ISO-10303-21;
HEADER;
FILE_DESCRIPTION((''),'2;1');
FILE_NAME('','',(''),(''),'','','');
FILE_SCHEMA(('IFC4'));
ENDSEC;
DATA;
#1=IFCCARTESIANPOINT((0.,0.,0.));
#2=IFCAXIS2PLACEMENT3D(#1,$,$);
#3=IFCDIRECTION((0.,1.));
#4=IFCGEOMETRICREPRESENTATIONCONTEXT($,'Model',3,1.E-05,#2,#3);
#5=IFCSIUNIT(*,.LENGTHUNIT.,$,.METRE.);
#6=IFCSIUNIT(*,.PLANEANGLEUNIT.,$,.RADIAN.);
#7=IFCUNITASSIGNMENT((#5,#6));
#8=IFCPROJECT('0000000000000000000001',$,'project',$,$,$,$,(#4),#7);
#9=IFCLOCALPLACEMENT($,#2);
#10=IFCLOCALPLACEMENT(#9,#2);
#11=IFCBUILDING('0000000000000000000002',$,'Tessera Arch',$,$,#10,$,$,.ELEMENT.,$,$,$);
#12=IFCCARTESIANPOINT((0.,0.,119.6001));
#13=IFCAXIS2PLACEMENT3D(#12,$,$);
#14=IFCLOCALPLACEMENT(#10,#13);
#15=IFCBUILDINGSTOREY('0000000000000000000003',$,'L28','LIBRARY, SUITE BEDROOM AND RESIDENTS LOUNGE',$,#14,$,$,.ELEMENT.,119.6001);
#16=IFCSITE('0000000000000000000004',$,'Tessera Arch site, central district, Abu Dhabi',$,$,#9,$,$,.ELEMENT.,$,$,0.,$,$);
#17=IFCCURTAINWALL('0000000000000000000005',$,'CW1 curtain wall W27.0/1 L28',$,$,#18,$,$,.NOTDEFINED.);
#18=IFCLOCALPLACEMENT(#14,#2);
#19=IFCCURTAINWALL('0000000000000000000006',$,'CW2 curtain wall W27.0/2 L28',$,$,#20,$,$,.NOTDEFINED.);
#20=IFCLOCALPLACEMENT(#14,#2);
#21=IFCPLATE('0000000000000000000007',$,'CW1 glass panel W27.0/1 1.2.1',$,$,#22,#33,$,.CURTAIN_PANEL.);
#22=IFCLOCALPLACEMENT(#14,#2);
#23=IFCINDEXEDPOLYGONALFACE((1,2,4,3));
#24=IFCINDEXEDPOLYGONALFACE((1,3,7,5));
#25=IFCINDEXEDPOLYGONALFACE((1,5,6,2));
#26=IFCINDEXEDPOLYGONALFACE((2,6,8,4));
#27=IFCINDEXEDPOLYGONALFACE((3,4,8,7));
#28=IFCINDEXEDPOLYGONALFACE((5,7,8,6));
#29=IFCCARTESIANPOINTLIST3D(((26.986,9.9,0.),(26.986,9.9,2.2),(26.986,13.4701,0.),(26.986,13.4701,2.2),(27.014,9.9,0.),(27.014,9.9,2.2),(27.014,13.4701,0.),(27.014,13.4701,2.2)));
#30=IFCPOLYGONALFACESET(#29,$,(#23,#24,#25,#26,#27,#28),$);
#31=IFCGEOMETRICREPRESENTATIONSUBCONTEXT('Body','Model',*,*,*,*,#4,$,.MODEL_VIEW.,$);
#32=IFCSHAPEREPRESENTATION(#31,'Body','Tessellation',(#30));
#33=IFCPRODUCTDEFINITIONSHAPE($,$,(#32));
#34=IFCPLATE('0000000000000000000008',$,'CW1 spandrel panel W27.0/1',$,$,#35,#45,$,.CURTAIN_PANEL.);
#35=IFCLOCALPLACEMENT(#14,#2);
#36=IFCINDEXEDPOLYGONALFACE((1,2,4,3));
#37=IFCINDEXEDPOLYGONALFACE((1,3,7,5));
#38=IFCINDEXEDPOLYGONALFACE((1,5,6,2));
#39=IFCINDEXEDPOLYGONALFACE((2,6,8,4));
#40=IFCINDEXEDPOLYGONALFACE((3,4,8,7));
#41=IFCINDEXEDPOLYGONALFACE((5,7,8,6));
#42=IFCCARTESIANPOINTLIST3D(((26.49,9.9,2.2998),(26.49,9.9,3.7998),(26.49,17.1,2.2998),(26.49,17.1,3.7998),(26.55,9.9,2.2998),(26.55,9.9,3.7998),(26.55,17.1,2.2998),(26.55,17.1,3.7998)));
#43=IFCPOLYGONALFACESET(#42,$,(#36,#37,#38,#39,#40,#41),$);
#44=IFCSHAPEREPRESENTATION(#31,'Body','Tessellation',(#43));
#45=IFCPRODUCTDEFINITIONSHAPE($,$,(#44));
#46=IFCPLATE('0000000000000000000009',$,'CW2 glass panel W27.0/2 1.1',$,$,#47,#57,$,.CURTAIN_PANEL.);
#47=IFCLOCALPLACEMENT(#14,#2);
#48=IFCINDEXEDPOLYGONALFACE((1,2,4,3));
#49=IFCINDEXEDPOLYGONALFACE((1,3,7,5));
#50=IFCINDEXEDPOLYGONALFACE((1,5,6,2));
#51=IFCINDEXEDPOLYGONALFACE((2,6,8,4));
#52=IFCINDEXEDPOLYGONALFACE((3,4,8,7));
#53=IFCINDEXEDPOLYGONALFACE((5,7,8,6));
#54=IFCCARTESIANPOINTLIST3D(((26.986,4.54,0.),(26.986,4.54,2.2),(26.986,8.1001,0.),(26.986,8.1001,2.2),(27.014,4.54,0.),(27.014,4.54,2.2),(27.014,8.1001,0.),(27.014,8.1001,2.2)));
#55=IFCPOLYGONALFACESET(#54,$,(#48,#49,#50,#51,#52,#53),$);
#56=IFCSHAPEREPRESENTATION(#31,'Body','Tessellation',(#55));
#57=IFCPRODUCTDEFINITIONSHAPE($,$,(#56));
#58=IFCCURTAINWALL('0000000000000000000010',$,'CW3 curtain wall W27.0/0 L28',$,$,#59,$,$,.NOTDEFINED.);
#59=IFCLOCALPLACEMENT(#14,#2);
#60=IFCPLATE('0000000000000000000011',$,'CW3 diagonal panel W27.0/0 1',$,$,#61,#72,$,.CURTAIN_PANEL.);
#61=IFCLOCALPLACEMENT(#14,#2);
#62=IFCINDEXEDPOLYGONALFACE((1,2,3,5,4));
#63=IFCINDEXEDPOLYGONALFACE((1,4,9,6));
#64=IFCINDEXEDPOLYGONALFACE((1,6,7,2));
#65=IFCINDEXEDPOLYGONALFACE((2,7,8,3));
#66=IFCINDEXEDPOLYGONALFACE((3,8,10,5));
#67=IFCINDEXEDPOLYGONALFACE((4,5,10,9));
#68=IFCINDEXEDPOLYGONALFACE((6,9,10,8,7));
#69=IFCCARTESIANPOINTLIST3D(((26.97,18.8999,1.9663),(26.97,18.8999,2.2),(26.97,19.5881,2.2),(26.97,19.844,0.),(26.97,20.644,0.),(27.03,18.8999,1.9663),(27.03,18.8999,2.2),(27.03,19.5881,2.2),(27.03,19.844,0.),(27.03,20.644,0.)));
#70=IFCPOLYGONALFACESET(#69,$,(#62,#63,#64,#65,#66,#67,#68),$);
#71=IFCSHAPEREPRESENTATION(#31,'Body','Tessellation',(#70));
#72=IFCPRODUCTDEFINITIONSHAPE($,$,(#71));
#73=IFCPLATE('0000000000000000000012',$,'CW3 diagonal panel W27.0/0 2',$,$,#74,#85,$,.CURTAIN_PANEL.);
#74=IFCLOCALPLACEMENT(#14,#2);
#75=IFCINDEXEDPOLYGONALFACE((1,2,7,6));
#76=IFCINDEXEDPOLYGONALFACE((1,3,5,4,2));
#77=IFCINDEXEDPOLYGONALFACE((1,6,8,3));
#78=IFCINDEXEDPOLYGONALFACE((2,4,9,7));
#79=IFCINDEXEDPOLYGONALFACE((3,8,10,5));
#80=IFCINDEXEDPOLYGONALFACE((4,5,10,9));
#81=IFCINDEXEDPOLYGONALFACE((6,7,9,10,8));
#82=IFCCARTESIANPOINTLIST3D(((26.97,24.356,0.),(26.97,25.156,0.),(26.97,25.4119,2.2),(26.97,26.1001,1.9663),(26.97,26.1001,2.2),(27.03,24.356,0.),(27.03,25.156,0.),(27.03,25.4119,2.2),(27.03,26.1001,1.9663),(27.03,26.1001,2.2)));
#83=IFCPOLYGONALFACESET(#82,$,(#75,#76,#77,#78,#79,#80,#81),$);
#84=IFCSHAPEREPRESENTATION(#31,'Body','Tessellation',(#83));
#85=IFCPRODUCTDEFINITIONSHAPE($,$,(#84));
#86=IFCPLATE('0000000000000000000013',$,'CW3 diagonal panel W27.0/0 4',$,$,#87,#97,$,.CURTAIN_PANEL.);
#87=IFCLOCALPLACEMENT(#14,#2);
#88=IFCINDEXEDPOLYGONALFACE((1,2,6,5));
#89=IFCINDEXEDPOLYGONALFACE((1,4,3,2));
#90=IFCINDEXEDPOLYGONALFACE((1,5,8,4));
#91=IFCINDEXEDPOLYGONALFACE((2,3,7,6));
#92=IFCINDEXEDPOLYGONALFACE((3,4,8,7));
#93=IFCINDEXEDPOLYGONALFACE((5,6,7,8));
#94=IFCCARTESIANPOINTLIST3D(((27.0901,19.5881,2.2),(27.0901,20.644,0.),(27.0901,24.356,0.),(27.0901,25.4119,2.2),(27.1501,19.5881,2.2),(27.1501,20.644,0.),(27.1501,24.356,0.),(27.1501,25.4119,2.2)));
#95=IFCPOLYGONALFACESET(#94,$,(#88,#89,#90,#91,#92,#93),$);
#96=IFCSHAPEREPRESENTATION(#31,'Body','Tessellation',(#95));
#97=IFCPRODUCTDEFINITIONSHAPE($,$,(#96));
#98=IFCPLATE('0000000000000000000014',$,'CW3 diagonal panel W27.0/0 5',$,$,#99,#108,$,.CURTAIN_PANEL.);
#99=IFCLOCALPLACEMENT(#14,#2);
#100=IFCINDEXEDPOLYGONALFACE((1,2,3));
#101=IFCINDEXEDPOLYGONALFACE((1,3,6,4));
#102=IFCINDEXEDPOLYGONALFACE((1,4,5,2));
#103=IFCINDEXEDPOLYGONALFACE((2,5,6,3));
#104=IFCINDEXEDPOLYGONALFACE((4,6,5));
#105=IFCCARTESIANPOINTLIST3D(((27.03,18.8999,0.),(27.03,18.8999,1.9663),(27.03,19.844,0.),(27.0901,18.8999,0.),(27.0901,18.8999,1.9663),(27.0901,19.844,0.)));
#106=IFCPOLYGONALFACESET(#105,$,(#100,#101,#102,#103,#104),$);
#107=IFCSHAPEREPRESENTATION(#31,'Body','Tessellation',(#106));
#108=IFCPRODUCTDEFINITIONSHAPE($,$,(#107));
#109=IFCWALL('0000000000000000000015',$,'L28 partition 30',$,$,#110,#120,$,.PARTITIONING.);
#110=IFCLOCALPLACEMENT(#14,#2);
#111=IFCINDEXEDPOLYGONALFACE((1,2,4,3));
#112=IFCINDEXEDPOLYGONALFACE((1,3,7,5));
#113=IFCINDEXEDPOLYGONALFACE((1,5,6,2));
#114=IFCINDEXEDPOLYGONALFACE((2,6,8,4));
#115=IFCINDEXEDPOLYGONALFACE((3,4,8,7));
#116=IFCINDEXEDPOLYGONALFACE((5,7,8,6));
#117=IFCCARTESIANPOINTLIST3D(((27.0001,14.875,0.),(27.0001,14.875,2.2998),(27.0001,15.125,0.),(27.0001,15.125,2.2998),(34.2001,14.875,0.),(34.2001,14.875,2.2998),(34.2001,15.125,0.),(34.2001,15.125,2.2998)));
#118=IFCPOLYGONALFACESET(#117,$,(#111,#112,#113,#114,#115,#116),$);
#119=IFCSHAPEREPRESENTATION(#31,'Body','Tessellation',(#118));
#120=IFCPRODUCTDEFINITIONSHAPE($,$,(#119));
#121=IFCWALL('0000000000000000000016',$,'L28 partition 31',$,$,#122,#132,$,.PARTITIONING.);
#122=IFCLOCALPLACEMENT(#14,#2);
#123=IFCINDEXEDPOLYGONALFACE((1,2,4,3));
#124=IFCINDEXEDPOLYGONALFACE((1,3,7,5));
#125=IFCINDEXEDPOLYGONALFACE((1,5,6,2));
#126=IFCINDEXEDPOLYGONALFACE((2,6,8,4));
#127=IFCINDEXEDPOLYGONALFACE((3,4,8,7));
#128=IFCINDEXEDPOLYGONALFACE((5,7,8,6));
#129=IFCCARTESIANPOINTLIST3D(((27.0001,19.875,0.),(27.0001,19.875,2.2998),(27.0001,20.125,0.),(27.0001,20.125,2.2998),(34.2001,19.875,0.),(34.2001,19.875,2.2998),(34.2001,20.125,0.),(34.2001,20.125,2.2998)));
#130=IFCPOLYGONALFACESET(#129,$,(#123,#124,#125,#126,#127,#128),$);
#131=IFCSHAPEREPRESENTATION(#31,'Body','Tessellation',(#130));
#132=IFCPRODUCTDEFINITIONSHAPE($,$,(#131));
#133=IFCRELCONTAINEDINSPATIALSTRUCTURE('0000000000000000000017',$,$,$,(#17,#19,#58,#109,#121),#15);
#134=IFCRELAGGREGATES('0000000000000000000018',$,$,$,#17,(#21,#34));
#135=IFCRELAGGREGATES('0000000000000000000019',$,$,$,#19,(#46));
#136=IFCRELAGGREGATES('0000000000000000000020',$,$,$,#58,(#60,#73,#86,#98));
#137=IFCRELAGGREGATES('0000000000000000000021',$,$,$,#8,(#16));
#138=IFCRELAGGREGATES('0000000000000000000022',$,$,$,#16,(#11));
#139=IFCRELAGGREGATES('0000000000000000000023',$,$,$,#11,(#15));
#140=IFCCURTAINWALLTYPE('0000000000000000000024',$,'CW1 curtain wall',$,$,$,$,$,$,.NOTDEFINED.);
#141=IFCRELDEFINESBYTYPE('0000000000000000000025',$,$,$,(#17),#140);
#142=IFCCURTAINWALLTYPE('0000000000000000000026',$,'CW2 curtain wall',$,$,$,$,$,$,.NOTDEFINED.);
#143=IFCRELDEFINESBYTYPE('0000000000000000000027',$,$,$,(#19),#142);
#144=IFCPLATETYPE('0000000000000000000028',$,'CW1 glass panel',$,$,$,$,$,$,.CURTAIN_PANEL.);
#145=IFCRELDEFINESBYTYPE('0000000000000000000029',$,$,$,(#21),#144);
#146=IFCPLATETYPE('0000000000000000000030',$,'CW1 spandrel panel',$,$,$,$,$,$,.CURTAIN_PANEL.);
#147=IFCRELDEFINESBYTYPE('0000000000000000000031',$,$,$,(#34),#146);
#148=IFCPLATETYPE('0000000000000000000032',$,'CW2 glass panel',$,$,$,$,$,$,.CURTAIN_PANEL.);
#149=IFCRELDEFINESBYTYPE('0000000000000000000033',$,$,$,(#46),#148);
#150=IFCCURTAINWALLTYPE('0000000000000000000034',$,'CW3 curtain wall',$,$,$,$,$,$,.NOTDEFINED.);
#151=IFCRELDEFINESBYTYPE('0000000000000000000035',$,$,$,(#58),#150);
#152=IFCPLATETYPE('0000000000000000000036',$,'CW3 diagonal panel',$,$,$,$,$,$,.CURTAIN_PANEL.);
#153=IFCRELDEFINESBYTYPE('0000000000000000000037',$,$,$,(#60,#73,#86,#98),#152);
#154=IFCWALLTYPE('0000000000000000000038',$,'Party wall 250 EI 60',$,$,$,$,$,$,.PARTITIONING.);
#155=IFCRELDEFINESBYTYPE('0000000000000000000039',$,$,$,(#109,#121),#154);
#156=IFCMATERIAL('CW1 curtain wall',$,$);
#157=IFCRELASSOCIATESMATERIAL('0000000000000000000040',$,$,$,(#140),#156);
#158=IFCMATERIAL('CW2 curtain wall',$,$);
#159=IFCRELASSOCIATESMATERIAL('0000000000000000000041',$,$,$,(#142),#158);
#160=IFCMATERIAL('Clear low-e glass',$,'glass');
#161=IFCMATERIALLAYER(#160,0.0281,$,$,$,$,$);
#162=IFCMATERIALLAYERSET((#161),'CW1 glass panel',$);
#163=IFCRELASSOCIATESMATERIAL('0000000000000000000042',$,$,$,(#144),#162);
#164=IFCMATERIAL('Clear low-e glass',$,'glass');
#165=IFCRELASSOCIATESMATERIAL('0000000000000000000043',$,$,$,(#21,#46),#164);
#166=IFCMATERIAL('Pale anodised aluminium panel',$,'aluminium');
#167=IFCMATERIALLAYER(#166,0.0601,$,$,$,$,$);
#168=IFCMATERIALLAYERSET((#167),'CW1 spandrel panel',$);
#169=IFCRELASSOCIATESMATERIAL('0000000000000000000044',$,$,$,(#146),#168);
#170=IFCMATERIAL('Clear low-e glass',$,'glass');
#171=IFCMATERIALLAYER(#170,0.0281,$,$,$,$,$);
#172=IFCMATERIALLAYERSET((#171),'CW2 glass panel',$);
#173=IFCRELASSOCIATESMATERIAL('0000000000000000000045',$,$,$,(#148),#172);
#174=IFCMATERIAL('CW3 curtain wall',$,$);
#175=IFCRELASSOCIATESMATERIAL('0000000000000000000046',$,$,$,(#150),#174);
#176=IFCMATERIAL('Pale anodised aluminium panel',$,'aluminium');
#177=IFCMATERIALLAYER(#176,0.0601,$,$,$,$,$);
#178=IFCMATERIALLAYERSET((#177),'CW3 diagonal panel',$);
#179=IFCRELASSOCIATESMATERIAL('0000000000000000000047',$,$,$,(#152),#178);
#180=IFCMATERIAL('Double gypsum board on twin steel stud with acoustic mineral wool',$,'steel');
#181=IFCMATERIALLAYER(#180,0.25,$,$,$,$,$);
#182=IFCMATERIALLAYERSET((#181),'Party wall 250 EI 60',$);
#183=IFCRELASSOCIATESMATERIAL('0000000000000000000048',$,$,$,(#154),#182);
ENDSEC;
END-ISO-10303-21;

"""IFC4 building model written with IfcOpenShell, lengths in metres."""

from ifc_helpers import new_model, si_unit, direction, frame, frame_2d, origin, origin_2d, place, context, subcontext, project, spatial, polyline, rectangle, outline, extrude, material, layer, layer_set, type_object, element, aggregate, save


model = new_model("IFC4")

# Units and contexts
model_context = context("Model", 3, precision=1e-05, world=origin(), true_north=direction((0.0, 1.0)))
body_context = subcontext(model_context, "Body", "Model", "MODEL_VIEW")
ifc_project = project(units=[si_unit("LENGTHUNIT", "METRE"), si_unit("PLANEANGLEUNIT", "RADIAN")], contexts=[model_context])

# Site, building, storey
site_placement = place(None, origin())
site = spatial("IfcSite", under=ifc_project, at=site_placement, Name="Tessera Arch site, central district, Abu Dhabi", CompositionType="ELEMENT", RefElevation=0.0)
building_placement = place(site_placement, origin())
building = spatial("IfcBuilding", under=site, at=building_placement, Name="Tessera Arch", CompositionType="ELEMENT")
storey_placement = place(building_placement, frame((0.0, 0.0, 119.6001)))
storey = spatial("IfcBuildingStorey", under=building, at=storey_placement, Name="L28", Description="LIBRARY, SUITE BEDROOM AND RESIDENTS LOUNGE", CompositionType="ELEMENT", Elevation=119.6001)

# Curtain wall
ifc_material_1 = material(Name="CW1 curtain wall")
curtain_wall_type_1 = type_object("IfcCurtainWallType", Name="CW1 curtain wall", PredefinedType="NOTDEFINED", material=ifc_material_1)
curtain_wall_1_placement = place(storey_placement, origin())
curtain_wall_1 = element("IfcCurtainWall", 1, at=curtain_wall_1_placement, inside=storey, type_object=curtain_wall_type_1, Name="CW1 curtain wall W27.0/1 L28", PredefinedType="NOTDEFINED")

# Curtain wall
ifc_material_2 = material(Name="CW2 curtain wall")
curtain_wall_type_2 = type_object("IfcCurtainWallType", Name="CW2 curtain wall", PredefinedType="NOTDEFINED", material=ifc_material_2)
curtain_wall_2_placement = place(storey_placement, origin())
curtain_wall_2 = element("IfcCurtainWall", 2, at=curtain_wall_2_placement, inside=storey, type_object=curtain_wall_type_2, Name="CW2 curtain wall W27.0/2 L28", PredefinedType="NOTDEFINED")

# Plates
ifc_material_3 = material(Name="Clear low-e glass", Category="glass")
ifc_material_4 = material(Name="Clear low-e glass", Category="glass")
ifc_layer_1 = layer(ifc_material_4, 0.0281)
ifc_layer_set_1 = layer_set([ifc_layer_1], Name="CW1 glass panel")
plate_type_1 = type_object("IfcPlateType", Name="CW1 glass panel", PredefinedType="CURTAIN_PANEL", material=ifc_layer_set_1)
plate_1_placement = place(storey_placement, frame((27.0, 11.6851, 0.0), z_axis=(0.0, 0.0, 1.0), x_axis=(0.0, -1.0, 0.0)))
plate_1 = element("IfcPlate", 3, at=plate_1_placement, type_object=plate_type_1, material=ifc_material_3, Name="CW1 glass panel W27.0/1 1.2.1", PredefinedType="CURTAIN_PANEL", context=body_context, shape_type="SweptSolid", body=[
    extrude(rectangle(XDim=3.5701, YDim=0.0281, at=origin_2d()), origin(), (0.0, 0.0, 1.0), 2.2),
])
ifc_material_5 = material(Name="Pale anodised aluminium panel", Category="aluminium")
ifc_layer_2 = layer(ifc_material_5, 0.0601)
ifc_layer_set_2 = layer_set([ifc_layer_2], Name="CW1 spandrel panel")
plate_type_2 = type_object("IfcPlateType", Name="CW1 spandrel panel", PredefinedType="CURTAIN_PANEL", material=ifc_layer_set_2)
plate_2_placement = place(storey_placement, frame((26.52, 13.5, 2.2998), z_axis=(0.0, 0.0, 1.0), x_axis=(0.0, -1.0, 0.0)))
plate_2 = element("IfcPlate", 4, at=plate_2_placement, type_object=plate_type_2, Name="CW1 spandrel panel W27.0/1", PredefinedType="CURTAIN_PANEL", context=body_context, shape_type="SweptSolid", body=[
    extrude(rectangle(XDim=7.2, YDim=0.0601, at=origin_2d()), origin(), (0.0, 0.0, 1.0), 1.5),
])
aggregate(curtain_wall_1, [plate_1, plate_2])
ifc_material_6 = material(Name="Clear low-e glass", Category="glass")
ifc_layer_3 = layer(ifc_material_6, 0.0281)
ifc_layer_set_3 = layer_set([ifc_layer_3], Name="CW2 glass panel")
plate_type_3 = type_object("IfcPlateType", Name="CW2 glass panel", PredefinedType="CURTAIN_PANEL", material=ifc_layer_set_3)
plate_3_placement = place(storey_placement, frame((27.0, 6.3201, 0.0), z_axis=(0.0, 0.0, 1.0), x_axis=(0.0, -1.0, 0.0)))
plate_3 = element("IfcPlate", 5, at=plate_3_placement, type_object=plate_type_3, material=ifc_material_3, Name="CW2 glass panel W27.0/2 1.1", PredefinedType="CURTAIN_PANEL", context=body_context, shape_type="SweptSolid", body=[
    extrude(rectangle(XDim=3.5601, YDim=0.0281, at=origin_2d()), origin(), (0.0, 0.0, 1.0), 2.2),
])
aggregate(curtain_wall_2, [plate_3])

# Curtain wall, plates
ifc_material_7 = material(Name="CW3 curtain wall")
curtain_wall_type_3 = type_object("IfcCurtainWallType", Name="CW3 curtain wall", PredefinedType="NOTDEFINED", material=ifc_material_7)
curtain_wall_3_placement = place(storey_placement, origin())
curtain_wall_3 = element("IfcCurtainWall", 6, at=curtain_wall_3_placement, inside=storey, type_object=curtain_wall_type_3, Name="CW3 curtain wall W27.0/0 L28", PredefinedType="NOTDEFINED")
ifc_material_8 = material(Name="Pale anodised aluminium panel", Category="aluminium")
ifc_layer_4 = layer(ifc_material_8, 0.0601)
ifc_layer_set_4 = layer_set([ifc_layer_4], Name="CW3 diagonal panel")
plate_type_4 = type_object("IfcPlateType", Name="CW3 diagonal panel", PredefinedType="CURTAIN_PANEL", material=ifc_layer_set_4)
plate_4_placement = place(storey_placement, frame((26.97, 18.8999, 2.2), z_axis=(-1.0, 0.0, 0.0), x_axis=(0.0, 1.0, 0.0)))
plate_4 = element("IfcPlate", 7, at=plate_4_placement, type_object=plate_type_4, Name="CW3 diagonal panel W27.0/0 1", PredefinedType="CURTAIN_PANEL", context=body_context, shape_type="SweptSolid", body=[
    extrude(outline(polyline([(0.0, 0.0), (0.6882, 0.0), (1.7441, 2.2), (0.9441, 2.2), (0.0, 0.2336), (0.0, 0.0)])), origin(), (0.0, 0.0, -1.0), 0.0601),
])
plate_5_placement = place(storey_placement, frame((26.97, 26.1001, 2.2), z_axis=(-1.0, 0.0, 0.0), x_axis=(0.0, 0.0, -1.0)))
plate_5 = element("IfcPlate", 8, at=plate_5_placement, type_object=plate_type_4, Name="CW3 diagonal panel W27.0/0 2", PredefinedType="CURTAIN_PANEL", context=body_context, shape_type="SweptSolid", body=[
    extrude(outline(polyline([(0.0, 0.0), (0.2336, 0.0), (2.2, 0.9441), (2.2, 1.7441), (0.0, 0.6882), (0.0, 0.0)])), origin(), (0.0, 0.0, -1.0), 0.0601),
])
plate_6_placement = place(storey_placement, frame((27.0901, 19.5881, 2.2), z_axis=(-1.0, 0.0, 0.0), x_axis=(0.0, 1.0, 0.0)))
plate_6 = element("IfcPlate", 9, at=plate_6_placement, type_object=plate_type_4, Name="CW3 diagonal panel W27.0/0 4", PredefinedType="CURTAIN_PANEL", context=body_context, shape_type="SweptSolid", body=[
    extrude(outline(polyline([(0.0, 0.0), (5.8237, 0.0), (4.7678, 2.2), (1.0559, 2.2), (0.0, 0.0)])), origin(), (0.0, 0.0, -1.0), 0.0601),
])
plate_7_placement = place(storey_placement, frame((27.03, 18.8999, 0.0), z_axis=(-1.0, 0.0, 0.0), x_axis=(0.0, 0.0, 1.0)))
plate_7 = element("IfcPlate", 10, at=plate_7_placement, type_object=plate_type_4, Name="CW3 diagonal panel W27.0/0 5", PredefinedType="CURTAIN_PANEL", context=body_context, shape_type="SweptSolid", body=[
    extrude(outline(polyline([(0.0, 0.0), (1.9663, 0.0), (0.0, 0.9441), (0.0, 0.0)])), origin(), (0.0, 0.0, -1.0), 0.0601),
])
aggregate(curtain_wall_3, [plate_4, plate_5, plate_6, plate_7])

# Walls
ifc_material_9 = material(Name="Double gypsum board on twin steel stud with acoustic mineral wool", Category="steel")
ifc_layer_5 = layer(ifc_material_9, 0.25)
ifc_layer_set_5 = layer_set([ifc_layer_5], Name="Party wall 250 EI 60")
wall_type = type_object("IfcWallType", Name="Party wall 250 EI 60", PredefinedType="PARTITIONING", material=ifc_layer_set_5)
for number, where, z_axis, x_axis, name in (
    (11, (27.0, 15.0, 0.0), (0.0, 0.0, 1.0), (1.0, 0.0, 0.0), "L28 partition 30"),
    (12, (27.0, 20.0, 0.0), (0.0, 0.0, 1.0), (1.0, 0.0, 0.0), "L28 partition 31"),
):
    element("IfcWall", number, at=place(storey_placement, frame(where, z_axis=z_axis, x_axis=x_axis)), inside=storey, type_object=wall_type, Name=name, PredefinedType="PARTITIONING", context=body_context, shape_type="SweptSolid", body=[
        extrude(rectangle(XDim=7.2, YDim=0.25, at=frame_2d((3.6001, 0.0))), origin(), (0.0, 0.0, 1.0), 2.2998),
    ])

save(model, "model.ifc")
